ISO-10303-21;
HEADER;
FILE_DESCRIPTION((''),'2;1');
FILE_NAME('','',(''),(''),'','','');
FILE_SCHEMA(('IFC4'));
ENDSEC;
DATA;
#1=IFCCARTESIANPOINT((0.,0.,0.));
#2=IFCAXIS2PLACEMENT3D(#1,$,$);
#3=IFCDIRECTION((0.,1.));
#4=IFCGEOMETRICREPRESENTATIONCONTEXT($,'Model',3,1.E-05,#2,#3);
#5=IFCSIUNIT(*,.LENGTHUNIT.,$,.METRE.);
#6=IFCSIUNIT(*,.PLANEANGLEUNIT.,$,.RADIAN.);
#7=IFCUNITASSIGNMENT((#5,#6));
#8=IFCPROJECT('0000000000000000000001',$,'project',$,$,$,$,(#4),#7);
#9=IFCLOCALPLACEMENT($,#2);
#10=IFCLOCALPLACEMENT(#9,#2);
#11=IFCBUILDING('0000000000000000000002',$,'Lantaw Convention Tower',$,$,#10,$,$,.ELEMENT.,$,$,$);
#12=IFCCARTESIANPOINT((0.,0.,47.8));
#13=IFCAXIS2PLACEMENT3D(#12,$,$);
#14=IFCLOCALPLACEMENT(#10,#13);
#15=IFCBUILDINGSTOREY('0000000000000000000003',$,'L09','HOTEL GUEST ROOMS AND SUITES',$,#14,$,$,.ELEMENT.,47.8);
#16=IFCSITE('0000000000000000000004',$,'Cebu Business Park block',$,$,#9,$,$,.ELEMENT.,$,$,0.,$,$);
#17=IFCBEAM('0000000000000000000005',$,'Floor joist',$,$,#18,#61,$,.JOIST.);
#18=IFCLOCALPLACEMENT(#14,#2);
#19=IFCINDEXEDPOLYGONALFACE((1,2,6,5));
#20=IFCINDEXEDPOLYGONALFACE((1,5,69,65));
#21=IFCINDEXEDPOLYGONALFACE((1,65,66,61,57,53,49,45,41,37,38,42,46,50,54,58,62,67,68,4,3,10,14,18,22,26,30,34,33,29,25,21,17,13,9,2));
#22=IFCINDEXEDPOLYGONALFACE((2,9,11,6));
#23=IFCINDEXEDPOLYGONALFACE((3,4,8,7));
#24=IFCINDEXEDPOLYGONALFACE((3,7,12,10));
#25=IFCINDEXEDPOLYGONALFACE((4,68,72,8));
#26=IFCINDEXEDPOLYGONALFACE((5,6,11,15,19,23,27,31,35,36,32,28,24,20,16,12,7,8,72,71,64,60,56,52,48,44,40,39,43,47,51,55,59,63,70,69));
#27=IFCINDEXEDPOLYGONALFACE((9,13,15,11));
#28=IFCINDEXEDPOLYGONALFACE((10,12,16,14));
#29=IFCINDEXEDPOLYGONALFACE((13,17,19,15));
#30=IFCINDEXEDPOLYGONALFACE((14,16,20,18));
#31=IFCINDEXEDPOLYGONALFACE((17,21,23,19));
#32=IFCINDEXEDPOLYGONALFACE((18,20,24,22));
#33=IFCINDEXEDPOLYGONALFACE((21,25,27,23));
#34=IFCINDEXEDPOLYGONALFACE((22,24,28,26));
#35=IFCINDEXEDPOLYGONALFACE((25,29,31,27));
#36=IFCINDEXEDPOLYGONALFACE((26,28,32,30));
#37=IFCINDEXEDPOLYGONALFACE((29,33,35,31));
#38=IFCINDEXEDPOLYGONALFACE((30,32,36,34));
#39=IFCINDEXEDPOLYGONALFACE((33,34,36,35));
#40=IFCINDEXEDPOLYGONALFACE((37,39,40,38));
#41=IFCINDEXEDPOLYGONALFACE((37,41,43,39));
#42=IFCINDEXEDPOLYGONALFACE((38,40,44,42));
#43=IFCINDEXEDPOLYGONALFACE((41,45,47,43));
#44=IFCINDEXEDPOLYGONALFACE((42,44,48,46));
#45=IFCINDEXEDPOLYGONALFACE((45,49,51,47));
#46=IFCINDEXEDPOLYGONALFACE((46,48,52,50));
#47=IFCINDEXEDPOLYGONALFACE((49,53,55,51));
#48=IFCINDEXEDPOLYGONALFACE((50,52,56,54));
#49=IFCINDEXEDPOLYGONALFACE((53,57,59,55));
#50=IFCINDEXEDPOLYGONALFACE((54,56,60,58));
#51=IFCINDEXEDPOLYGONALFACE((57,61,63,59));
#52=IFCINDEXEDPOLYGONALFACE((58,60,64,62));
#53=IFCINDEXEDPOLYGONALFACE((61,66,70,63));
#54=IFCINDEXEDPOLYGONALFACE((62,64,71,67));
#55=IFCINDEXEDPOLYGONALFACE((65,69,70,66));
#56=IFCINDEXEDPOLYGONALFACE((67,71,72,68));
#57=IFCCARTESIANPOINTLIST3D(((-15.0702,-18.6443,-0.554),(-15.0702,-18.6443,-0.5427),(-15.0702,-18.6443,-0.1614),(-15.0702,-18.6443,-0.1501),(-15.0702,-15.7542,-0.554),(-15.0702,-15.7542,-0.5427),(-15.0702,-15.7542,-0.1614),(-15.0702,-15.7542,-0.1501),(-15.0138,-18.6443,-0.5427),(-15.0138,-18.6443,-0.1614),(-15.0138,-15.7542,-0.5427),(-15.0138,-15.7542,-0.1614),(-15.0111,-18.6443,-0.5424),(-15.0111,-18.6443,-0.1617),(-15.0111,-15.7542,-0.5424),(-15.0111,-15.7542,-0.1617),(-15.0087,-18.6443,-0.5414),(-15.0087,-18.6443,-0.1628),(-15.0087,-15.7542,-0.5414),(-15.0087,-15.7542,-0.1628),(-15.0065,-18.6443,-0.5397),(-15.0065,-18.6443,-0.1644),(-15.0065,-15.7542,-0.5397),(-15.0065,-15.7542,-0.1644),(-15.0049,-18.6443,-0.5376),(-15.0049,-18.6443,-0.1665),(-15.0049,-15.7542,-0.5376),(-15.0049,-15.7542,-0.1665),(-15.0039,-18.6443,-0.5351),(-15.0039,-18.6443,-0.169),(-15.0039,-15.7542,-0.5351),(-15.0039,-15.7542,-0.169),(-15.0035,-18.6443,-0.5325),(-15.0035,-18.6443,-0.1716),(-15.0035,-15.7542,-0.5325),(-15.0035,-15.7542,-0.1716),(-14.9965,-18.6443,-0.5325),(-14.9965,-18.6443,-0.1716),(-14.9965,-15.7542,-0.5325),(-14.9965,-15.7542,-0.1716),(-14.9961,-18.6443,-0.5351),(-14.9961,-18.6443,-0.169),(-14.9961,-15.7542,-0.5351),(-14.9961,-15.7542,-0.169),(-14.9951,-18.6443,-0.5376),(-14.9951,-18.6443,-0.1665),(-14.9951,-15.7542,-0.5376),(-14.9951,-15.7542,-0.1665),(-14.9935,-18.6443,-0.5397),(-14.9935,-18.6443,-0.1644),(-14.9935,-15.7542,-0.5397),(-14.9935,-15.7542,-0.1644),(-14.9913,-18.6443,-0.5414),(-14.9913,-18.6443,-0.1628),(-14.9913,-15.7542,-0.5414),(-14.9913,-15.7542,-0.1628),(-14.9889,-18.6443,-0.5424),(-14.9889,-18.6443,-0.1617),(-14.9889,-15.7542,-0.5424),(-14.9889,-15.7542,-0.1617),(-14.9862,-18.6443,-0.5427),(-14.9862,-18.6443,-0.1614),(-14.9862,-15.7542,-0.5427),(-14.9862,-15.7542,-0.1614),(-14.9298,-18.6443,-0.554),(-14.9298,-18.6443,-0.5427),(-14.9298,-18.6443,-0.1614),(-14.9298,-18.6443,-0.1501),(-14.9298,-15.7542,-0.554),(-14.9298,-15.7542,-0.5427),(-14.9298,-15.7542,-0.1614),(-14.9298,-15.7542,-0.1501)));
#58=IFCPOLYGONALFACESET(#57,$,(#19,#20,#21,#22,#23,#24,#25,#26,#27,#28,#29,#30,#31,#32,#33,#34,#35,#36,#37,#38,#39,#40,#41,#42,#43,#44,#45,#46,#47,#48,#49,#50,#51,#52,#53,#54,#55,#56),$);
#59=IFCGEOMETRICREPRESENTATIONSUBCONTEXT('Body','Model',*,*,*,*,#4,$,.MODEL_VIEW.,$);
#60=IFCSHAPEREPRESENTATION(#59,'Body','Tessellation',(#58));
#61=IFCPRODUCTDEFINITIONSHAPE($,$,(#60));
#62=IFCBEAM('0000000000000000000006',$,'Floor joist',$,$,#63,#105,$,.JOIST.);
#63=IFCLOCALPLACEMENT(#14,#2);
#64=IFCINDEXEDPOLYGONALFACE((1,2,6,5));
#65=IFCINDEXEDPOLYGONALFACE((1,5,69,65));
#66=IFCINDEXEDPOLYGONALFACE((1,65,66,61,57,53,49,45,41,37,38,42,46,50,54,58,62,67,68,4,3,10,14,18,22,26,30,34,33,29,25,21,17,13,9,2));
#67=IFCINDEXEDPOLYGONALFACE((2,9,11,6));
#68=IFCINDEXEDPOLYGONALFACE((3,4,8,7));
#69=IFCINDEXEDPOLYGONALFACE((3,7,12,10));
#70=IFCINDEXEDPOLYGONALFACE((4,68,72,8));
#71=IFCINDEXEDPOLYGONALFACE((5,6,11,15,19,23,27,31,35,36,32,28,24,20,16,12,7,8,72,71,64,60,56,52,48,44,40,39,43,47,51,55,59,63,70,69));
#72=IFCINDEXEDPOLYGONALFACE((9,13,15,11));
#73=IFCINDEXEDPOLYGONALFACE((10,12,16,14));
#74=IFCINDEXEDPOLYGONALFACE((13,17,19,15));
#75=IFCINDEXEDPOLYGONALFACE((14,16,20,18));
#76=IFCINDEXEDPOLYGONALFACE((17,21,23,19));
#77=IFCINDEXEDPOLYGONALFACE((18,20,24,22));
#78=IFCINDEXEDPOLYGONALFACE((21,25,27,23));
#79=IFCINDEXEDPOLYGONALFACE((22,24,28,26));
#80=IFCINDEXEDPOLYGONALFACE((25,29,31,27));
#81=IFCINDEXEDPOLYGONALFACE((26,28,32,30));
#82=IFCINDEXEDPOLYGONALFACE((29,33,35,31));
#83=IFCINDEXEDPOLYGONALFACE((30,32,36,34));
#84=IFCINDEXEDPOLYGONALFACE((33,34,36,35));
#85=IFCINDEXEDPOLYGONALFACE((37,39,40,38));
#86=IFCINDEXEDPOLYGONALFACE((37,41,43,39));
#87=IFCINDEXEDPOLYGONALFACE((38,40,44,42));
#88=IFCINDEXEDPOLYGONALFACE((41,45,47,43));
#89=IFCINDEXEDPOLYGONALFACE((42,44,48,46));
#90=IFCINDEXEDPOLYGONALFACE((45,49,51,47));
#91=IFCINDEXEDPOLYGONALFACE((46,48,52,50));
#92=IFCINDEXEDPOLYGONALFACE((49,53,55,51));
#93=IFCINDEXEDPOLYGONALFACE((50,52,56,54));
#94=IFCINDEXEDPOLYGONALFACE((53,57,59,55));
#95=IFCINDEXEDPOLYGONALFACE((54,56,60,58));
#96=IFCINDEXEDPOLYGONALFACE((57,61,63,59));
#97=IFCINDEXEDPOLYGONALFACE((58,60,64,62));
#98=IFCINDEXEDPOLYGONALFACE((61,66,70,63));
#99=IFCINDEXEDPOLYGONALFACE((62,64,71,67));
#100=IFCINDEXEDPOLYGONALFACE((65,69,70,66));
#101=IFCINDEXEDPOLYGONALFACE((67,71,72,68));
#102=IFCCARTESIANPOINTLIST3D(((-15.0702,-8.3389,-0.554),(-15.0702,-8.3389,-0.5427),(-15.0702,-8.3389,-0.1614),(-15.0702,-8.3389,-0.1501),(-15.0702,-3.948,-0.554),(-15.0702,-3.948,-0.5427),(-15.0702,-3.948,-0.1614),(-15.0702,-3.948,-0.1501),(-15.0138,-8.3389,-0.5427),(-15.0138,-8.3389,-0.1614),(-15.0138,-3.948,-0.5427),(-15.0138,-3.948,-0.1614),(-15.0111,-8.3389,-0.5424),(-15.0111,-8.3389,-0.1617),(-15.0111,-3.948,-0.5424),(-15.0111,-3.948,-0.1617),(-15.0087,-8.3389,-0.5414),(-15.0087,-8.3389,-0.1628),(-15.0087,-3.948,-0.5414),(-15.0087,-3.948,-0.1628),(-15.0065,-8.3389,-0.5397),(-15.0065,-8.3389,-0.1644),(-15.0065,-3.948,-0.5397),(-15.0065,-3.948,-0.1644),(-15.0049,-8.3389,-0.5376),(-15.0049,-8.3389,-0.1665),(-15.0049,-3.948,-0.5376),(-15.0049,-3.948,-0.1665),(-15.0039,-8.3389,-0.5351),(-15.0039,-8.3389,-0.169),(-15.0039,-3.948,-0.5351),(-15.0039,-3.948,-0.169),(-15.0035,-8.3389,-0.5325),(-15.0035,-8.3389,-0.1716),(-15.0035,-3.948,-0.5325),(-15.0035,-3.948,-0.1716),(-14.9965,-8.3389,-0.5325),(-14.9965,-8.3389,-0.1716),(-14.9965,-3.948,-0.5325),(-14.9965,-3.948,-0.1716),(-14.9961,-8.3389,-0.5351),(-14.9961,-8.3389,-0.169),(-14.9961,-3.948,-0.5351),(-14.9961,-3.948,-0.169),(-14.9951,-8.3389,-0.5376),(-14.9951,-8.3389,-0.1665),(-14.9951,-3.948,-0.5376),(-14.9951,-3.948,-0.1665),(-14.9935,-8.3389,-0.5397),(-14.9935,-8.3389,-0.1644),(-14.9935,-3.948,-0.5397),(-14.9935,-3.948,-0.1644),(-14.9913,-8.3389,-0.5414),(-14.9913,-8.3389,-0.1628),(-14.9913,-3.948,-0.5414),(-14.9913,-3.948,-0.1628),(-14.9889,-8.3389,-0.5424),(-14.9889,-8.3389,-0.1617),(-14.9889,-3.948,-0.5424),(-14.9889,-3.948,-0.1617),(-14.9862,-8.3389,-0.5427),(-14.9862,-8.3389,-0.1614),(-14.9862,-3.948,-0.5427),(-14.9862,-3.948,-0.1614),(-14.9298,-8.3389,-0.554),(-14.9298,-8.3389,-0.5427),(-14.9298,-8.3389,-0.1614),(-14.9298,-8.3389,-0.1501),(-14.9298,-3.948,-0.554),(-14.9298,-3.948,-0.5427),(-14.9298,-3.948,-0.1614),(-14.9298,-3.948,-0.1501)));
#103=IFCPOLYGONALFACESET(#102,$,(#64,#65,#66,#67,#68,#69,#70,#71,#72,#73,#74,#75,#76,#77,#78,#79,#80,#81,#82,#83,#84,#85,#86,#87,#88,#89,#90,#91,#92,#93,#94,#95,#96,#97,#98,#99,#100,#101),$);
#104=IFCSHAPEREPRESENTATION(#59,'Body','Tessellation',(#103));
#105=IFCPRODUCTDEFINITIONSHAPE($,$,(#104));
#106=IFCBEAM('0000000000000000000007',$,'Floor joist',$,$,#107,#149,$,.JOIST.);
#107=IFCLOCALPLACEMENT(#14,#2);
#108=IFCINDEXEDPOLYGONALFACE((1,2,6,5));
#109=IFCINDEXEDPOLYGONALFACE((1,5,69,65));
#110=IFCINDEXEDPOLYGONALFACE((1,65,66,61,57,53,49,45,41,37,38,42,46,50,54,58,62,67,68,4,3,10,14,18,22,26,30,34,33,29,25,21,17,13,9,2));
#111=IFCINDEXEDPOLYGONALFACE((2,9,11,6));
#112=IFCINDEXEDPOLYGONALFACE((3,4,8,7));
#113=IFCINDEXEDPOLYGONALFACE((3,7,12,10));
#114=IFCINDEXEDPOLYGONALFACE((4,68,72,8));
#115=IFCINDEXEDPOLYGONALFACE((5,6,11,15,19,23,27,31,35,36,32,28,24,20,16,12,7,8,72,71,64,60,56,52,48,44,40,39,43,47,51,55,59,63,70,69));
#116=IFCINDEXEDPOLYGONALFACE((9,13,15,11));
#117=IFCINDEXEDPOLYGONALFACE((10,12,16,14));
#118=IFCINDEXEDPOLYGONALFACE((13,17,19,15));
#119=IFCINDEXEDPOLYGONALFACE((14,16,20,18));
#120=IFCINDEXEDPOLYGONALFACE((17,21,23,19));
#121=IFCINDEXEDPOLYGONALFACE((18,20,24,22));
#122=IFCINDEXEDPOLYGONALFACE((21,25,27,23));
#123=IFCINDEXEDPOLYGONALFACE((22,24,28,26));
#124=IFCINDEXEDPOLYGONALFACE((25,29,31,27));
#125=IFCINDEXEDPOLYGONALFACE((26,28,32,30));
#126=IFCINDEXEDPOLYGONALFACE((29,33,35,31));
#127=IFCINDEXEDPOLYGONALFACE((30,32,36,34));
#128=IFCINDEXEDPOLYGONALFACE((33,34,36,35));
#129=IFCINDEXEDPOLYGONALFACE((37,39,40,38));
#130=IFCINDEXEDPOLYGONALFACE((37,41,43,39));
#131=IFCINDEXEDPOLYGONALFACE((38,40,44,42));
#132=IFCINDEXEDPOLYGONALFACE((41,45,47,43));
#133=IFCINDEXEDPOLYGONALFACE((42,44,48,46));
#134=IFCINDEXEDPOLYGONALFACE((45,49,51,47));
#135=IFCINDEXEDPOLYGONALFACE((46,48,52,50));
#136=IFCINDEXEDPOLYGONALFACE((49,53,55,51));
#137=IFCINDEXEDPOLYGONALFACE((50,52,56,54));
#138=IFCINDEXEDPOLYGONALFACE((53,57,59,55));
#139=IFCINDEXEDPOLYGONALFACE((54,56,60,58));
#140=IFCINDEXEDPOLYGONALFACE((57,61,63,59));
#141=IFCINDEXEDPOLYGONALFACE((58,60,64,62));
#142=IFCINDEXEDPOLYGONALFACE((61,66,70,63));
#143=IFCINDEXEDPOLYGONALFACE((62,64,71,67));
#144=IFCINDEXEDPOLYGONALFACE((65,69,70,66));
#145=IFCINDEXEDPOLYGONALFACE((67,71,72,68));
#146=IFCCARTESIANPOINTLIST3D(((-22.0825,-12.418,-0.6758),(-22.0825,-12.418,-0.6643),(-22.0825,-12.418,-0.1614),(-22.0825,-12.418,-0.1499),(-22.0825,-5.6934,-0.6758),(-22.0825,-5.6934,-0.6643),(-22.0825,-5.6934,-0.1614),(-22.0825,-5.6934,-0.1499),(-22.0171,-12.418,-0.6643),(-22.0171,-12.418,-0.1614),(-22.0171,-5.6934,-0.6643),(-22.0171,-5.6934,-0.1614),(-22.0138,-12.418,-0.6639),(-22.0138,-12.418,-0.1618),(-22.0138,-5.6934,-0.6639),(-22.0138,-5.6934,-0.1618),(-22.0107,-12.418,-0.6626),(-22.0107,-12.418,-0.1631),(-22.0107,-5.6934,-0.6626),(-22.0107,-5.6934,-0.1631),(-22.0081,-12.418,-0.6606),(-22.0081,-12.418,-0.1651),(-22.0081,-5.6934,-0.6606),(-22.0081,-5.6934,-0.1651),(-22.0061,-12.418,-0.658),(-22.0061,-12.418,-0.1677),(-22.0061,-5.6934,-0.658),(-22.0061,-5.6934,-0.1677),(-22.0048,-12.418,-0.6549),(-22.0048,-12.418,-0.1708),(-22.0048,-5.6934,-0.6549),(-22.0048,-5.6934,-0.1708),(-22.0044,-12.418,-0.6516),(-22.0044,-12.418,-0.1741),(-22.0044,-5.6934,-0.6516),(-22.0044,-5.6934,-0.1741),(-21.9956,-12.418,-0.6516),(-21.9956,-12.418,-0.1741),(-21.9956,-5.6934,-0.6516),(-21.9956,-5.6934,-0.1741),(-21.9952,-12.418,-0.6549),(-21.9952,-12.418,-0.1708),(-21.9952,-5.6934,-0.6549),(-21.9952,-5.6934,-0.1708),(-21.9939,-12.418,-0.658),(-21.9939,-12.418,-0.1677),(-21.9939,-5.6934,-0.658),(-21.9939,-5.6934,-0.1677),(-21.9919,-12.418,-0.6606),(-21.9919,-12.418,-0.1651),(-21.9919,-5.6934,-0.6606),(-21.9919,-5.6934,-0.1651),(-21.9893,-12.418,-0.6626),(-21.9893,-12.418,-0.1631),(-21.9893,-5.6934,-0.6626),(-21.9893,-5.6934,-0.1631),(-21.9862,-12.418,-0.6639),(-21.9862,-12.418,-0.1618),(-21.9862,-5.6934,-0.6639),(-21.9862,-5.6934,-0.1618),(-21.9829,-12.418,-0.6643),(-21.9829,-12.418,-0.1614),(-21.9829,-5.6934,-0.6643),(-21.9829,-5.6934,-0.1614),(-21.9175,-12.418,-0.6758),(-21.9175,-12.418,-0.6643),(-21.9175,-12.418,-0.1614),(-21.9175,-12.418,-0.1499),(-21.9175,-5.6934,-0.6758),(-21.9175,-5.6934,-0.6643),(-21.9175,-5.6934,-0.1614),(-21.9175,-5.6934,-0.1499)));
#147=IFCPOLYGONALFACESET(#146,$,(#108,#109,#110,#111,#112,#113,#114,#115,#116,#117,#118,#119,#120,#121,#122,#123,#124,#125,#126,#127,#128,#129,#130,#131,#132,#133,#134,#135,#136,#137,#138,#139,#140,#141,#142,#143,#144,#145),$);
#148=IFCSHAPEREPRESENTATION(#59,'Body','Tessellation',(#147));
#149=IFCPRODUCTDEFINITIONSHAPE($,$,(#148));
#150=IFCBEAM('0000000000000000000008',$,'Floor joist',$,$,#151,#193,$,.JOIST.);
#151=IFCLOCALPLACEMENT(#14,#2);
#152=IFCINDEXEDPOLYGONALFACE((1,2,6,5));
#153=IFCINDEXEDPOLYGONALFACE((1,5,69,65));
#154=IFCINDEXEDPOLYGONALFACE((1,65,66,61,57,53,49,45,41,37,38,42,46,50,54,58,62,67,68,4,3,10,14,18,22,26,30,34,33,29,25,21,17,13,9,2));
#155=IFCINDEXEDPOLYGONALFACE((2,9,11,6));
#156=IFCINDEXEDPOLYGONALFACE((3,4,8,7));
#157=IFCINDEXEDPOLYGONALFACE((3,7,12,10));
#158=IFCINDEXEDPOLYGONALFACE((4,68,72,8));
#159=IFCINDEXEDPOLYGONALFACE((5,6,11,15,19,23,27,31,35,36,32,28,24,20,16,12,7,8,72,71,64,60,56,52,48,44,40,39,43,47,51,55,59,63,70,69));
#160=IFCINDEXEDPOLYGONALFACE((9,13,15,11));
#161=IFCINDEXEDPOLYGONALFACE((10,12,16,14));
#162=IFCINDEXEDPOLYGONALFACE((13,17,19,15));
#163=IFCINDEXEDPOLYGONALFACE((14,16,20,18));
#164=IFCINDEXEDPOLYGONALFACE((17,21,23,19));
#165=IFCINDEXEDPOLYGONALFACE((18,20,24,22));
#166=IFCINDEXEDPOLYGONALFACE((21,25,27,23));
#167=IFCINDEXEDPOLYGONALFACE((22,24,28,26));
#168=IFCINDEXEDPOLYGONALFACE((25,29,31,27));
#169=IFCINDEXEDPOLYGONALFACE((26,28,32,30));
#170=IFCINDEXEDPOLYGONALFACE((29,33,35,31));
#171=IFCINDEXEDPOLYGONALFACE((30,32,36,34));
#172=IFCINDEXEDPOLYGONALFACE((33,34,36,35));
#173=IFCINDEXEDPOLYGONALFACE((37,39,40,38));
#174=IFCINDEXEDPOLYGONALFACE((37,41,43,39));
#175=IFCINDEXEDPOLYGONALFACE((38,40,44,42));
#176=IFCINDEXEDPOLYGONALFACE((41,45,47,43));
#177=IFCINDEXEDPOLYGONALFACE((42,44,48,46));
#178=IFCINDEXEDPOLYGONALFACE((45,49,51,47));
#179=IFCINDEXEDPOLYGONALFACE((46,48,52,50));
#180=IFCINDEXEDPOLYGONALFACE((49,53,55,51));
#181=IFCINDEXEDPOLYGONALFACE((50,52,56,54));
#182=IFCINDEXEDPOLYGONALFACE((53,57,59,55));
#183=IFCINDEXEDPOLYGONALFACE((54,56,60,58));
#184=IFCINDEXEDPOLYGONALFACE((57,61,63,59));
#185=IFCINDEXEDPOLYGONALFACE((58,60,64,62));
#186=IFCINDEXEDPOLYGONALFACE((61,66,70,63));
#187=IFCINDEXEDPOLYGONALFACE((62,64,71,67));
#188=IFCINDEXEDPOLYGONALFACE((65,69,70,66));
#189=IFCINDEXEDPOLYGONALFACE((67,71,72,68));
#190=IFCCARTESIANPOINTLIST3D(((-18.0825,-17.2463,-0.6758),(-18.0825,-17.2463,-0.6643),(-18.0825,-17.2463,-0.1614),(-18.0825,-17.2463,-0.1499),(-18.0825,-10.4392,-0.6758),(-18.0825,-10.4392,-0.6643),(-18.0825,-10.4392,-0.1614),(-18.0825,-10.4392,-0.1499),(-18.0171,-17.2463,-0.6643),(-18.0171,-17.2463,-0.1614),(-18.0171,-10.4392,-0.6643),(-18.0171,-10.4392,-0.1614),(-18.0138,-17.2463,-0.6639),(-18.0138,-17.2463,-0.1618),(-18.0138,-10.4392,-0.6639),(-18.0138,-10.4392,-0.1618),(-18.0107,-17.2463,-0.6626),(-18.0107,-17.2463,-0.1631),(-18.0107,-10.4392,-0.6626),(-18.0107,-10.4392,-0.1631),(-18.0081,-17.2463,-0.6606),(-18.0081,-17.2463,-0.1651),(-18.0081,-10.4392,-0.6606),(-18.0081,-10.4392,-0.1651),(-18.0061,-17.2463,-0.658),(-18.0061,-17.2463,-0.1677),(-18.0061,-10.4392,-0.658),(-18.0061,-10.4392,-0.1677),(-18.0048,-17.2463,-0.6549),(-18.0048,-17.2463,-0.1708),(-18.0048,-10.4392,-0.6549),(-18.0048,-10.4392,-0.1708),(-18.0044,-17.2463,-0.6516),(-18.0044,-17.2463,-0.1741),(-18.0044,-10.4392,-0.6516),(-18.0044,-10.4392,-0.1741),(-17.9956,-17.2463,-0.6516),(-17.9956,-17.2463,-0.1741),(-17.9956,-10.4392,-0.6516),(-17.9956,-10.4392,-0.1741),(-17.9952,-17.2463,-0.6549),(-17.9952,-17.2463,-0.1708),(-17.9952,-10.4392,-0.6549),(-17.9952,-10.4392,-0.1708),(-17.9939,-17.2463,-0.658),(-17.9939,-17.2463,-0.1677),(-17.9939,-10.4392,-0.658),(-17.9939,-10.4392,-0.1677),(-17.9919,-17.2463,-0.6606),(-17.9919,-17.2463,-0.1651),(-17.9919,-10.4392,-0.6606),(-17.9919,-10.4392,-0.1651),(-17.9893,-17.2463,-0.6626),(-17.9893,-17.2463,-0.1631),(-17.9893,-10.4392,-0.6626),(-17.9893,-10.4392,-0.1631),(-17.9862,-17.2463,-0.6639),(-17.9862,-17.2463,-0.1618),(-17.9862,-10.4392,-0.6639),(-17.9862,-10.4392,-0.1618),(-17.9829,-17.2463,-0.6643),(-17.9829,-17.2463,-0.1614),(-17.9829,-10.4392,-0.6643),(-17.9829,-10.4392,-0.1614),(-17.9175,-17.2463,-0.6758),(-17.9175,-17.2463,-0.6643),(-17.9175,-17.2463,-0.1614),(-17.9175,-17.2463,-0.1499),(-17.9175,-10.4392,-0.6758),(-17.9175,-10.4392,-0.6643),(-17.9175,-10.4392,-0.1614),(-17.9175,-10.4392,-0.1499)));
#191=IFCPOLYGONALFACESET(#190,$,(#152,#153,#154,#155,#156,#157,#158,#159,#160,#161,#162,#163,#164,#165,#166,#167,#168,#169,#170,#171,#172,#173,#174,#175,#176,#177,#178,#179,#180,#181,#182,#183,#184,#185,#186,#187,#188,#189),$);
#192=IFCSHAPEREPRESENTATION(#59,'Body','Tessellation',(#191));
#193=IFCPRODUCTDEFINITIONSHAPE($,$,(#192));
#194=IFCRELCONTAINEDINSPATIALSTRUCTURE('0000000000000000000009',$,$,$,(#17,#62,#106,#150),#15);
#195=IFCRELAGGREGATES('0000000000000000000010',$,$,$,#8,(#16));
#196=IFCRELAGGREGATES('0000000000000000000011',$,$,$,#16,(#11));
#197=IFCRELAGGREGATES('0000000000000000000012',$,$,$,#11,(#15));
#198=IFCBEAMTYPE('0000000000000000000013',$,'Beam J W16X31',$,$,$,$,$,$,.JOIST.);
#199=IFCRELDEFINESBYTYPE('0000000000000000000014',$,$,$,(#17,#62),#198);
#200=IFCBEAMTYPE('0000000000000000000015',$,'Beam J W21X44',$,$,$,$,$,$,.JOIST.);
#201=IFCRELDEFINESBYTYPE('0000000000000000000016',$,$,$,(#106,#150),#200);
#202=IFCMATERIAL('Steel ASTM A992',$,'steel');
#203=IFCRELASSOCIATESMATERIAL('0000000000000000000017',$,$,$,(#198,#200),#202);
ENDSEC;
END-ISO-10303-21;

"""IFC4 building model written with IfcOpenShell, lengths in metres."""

from ifc_helpers import new_model, si_unit, direction, frame, origin, origin_2d, place, context, subcontext, project, spatial, i_section, extrude, material, material_profile, profile_set, type_object, element, save


model = new_model("IFC4")

# Units and contexts
model_context = context("Model", 3, precision=1e-05, world=origin(), true_north=direction((0.0, 1.0)))
body_context = subcontext(model_context, "Body", "Model", "MODEL_VIEW")
ifc_project = project(units=[si_unit("LENGTHUNIT", "METRE"), si_unit("PLANEANGLEUNIT", "RADIAN")], contexts=[model_context])

# Site, building, storey
site_placement = place(None, origin())
site = spatial("IfcSite", under=ifc_project, at=site_placement, Name="Cebu Business Park block", CompositionType="ELEMENT", RefElevation=0.0)
building_placement = place(site_placement, origin())
building = spatial("IfcBuilding", under=site, at=building_placement, Name="Lantaw Convention Tower", CompositionType="ELEMENT")
storey_placement = place(building_placement, frame((0.0, 0.0, 47.8)))
storey = spatial("IfcBuildingStorey", under=building, at=storey_placement, Name="L09", Description="HOTEL GUEST ROOMS AND SUITES", CompositionType="ELEMENT", Elevation=47.8)

# Beams
ifc_material_1 = material(Name="Steel ASTM A992", Category="steel")
ifc_material_profile_1 = material_profile(ifc_material_1, i_section(OverallWidth=0.1404, OverallDepth=0.4038, WebThickness=0.0071, FlangeThickness=0.0112, FilletRadius=0.0103, at=origin_2d()), Name="W16X31")
ifc_profile_set_1 = profile_set([ifc_material_profile_1], Name="Steel ASTM A992")
beam_type_1 = type_object("IfcBeamType", Name="Beam J W16X31", PredefinedType="JOIST", material=ifc_profile_set_1)
beam_1_placement = place(storey_placement, frame((-15.0, -18.6443, -0.3521), z_axis=(0.0, 1.0, 0.0), x_axis=(-1.0, 0.0, 0.0)))
element("IfcBeam", 1, at=beam_1_placement, inside=storey, type_object=beam_type_1, Name="Floor joist", PredefinedType="JOIST", context=body_context, shape_type="SweptSolid", body=[
    extrude(i_section(OverallWidth=0.1404, OverallDepth=0.4038, WebThickness=0.0071, FlangeThickness=0.0112, FilletRadius=0.0103, at=origin_2d()), origin(), (0.0, 0.0, 1.0), 2.8901),
])
beam_2_placement = place(storey_placement, frame((-15.0, -8.3389, -0.3521), z_axis=(0.0, 1.0, 0.0), x_axis=(-1.0, 0.0, 0.0)))
element("IfcBeam", 2, at=beam_2_placement, inside=storey, type_object=beam_type_1, Name="Floor joist", PredefinedType="JOIST", context=body_context, shape_type="SweptSolid", body=[
    extrude(i_section(OverallWidth=0.1404, OverallDepth=0.4038, WebThickness=0.0071, FlangeThickness=0.0112, FilletRadius=0.0103, at=origin_2d()), origin(), (0.0, 0.0, 1.0), 4.3909),
])
ifc_material_profile_2 = material_profile(ifc_material_1, i_section(OverallWidth=0.165, OverallDepth=0.5259, WebThickness=0.0088, FlangeThickness=0.0115, FilletRadius=0.0127, at=origin_2d()), Name="W21X44")
ifc_profile_set_2 = profile_set([ifc_material_profile_2], Name="Steel ASTM A992")
beam_type_2 = type_object("IfcBeamType", Name="Beam J W21X44", PredefinedType="JOIST", material=ifc_profile_set_2)
beam_3_placement = place(storey_placement, frame((-22.0, -12.418, -0.4128), z_axis=(0.0, 1.0, 0.0), x_axis=(-1.0, 0.0, 0.0)))
element("IfcBeam", 3, at=beam_3_placement, inside=storey, type_object=beam_type_2, Name="Floor joist", PredefinedType="JOIST", context=body_context, shape_type="SweptSolid", body=[
    extrude(i_section(OverallWidth=0.165, OverallDepth=0.5259, WebThickness=0.0088, FlangeThickness=0.0115, FilletRadius=0.0127, at=origin_2d()), origin(), (0.0, 0.0, 1.0), 6.7246),
])
beam_4_placement = place(storey_placement, frame((-18.0, -17.2463, -0.4128), z_axis=(0.0, 1.0, 0.0), x_axis=(-1.0, 0.0, 0.0)))
element("IfcBeam", 4, at=beam_4_placement, inside=storey, type_object=beam_type_2, Name="Floor joist", PredefinedType="JOIST", context=body_context, shape_type="SweptSolid", body=[
    extrude(i_section(OverallWidth=0.165, OverallDepth=0.5259, WebThickness=0.0088, FlangeThickness=0.0115, FilletRadius=0.0127, at=origin_2d()), origin(), (0.0, 0.0, 1.0), 6.8071),
])

save(model, "model.ifc")
